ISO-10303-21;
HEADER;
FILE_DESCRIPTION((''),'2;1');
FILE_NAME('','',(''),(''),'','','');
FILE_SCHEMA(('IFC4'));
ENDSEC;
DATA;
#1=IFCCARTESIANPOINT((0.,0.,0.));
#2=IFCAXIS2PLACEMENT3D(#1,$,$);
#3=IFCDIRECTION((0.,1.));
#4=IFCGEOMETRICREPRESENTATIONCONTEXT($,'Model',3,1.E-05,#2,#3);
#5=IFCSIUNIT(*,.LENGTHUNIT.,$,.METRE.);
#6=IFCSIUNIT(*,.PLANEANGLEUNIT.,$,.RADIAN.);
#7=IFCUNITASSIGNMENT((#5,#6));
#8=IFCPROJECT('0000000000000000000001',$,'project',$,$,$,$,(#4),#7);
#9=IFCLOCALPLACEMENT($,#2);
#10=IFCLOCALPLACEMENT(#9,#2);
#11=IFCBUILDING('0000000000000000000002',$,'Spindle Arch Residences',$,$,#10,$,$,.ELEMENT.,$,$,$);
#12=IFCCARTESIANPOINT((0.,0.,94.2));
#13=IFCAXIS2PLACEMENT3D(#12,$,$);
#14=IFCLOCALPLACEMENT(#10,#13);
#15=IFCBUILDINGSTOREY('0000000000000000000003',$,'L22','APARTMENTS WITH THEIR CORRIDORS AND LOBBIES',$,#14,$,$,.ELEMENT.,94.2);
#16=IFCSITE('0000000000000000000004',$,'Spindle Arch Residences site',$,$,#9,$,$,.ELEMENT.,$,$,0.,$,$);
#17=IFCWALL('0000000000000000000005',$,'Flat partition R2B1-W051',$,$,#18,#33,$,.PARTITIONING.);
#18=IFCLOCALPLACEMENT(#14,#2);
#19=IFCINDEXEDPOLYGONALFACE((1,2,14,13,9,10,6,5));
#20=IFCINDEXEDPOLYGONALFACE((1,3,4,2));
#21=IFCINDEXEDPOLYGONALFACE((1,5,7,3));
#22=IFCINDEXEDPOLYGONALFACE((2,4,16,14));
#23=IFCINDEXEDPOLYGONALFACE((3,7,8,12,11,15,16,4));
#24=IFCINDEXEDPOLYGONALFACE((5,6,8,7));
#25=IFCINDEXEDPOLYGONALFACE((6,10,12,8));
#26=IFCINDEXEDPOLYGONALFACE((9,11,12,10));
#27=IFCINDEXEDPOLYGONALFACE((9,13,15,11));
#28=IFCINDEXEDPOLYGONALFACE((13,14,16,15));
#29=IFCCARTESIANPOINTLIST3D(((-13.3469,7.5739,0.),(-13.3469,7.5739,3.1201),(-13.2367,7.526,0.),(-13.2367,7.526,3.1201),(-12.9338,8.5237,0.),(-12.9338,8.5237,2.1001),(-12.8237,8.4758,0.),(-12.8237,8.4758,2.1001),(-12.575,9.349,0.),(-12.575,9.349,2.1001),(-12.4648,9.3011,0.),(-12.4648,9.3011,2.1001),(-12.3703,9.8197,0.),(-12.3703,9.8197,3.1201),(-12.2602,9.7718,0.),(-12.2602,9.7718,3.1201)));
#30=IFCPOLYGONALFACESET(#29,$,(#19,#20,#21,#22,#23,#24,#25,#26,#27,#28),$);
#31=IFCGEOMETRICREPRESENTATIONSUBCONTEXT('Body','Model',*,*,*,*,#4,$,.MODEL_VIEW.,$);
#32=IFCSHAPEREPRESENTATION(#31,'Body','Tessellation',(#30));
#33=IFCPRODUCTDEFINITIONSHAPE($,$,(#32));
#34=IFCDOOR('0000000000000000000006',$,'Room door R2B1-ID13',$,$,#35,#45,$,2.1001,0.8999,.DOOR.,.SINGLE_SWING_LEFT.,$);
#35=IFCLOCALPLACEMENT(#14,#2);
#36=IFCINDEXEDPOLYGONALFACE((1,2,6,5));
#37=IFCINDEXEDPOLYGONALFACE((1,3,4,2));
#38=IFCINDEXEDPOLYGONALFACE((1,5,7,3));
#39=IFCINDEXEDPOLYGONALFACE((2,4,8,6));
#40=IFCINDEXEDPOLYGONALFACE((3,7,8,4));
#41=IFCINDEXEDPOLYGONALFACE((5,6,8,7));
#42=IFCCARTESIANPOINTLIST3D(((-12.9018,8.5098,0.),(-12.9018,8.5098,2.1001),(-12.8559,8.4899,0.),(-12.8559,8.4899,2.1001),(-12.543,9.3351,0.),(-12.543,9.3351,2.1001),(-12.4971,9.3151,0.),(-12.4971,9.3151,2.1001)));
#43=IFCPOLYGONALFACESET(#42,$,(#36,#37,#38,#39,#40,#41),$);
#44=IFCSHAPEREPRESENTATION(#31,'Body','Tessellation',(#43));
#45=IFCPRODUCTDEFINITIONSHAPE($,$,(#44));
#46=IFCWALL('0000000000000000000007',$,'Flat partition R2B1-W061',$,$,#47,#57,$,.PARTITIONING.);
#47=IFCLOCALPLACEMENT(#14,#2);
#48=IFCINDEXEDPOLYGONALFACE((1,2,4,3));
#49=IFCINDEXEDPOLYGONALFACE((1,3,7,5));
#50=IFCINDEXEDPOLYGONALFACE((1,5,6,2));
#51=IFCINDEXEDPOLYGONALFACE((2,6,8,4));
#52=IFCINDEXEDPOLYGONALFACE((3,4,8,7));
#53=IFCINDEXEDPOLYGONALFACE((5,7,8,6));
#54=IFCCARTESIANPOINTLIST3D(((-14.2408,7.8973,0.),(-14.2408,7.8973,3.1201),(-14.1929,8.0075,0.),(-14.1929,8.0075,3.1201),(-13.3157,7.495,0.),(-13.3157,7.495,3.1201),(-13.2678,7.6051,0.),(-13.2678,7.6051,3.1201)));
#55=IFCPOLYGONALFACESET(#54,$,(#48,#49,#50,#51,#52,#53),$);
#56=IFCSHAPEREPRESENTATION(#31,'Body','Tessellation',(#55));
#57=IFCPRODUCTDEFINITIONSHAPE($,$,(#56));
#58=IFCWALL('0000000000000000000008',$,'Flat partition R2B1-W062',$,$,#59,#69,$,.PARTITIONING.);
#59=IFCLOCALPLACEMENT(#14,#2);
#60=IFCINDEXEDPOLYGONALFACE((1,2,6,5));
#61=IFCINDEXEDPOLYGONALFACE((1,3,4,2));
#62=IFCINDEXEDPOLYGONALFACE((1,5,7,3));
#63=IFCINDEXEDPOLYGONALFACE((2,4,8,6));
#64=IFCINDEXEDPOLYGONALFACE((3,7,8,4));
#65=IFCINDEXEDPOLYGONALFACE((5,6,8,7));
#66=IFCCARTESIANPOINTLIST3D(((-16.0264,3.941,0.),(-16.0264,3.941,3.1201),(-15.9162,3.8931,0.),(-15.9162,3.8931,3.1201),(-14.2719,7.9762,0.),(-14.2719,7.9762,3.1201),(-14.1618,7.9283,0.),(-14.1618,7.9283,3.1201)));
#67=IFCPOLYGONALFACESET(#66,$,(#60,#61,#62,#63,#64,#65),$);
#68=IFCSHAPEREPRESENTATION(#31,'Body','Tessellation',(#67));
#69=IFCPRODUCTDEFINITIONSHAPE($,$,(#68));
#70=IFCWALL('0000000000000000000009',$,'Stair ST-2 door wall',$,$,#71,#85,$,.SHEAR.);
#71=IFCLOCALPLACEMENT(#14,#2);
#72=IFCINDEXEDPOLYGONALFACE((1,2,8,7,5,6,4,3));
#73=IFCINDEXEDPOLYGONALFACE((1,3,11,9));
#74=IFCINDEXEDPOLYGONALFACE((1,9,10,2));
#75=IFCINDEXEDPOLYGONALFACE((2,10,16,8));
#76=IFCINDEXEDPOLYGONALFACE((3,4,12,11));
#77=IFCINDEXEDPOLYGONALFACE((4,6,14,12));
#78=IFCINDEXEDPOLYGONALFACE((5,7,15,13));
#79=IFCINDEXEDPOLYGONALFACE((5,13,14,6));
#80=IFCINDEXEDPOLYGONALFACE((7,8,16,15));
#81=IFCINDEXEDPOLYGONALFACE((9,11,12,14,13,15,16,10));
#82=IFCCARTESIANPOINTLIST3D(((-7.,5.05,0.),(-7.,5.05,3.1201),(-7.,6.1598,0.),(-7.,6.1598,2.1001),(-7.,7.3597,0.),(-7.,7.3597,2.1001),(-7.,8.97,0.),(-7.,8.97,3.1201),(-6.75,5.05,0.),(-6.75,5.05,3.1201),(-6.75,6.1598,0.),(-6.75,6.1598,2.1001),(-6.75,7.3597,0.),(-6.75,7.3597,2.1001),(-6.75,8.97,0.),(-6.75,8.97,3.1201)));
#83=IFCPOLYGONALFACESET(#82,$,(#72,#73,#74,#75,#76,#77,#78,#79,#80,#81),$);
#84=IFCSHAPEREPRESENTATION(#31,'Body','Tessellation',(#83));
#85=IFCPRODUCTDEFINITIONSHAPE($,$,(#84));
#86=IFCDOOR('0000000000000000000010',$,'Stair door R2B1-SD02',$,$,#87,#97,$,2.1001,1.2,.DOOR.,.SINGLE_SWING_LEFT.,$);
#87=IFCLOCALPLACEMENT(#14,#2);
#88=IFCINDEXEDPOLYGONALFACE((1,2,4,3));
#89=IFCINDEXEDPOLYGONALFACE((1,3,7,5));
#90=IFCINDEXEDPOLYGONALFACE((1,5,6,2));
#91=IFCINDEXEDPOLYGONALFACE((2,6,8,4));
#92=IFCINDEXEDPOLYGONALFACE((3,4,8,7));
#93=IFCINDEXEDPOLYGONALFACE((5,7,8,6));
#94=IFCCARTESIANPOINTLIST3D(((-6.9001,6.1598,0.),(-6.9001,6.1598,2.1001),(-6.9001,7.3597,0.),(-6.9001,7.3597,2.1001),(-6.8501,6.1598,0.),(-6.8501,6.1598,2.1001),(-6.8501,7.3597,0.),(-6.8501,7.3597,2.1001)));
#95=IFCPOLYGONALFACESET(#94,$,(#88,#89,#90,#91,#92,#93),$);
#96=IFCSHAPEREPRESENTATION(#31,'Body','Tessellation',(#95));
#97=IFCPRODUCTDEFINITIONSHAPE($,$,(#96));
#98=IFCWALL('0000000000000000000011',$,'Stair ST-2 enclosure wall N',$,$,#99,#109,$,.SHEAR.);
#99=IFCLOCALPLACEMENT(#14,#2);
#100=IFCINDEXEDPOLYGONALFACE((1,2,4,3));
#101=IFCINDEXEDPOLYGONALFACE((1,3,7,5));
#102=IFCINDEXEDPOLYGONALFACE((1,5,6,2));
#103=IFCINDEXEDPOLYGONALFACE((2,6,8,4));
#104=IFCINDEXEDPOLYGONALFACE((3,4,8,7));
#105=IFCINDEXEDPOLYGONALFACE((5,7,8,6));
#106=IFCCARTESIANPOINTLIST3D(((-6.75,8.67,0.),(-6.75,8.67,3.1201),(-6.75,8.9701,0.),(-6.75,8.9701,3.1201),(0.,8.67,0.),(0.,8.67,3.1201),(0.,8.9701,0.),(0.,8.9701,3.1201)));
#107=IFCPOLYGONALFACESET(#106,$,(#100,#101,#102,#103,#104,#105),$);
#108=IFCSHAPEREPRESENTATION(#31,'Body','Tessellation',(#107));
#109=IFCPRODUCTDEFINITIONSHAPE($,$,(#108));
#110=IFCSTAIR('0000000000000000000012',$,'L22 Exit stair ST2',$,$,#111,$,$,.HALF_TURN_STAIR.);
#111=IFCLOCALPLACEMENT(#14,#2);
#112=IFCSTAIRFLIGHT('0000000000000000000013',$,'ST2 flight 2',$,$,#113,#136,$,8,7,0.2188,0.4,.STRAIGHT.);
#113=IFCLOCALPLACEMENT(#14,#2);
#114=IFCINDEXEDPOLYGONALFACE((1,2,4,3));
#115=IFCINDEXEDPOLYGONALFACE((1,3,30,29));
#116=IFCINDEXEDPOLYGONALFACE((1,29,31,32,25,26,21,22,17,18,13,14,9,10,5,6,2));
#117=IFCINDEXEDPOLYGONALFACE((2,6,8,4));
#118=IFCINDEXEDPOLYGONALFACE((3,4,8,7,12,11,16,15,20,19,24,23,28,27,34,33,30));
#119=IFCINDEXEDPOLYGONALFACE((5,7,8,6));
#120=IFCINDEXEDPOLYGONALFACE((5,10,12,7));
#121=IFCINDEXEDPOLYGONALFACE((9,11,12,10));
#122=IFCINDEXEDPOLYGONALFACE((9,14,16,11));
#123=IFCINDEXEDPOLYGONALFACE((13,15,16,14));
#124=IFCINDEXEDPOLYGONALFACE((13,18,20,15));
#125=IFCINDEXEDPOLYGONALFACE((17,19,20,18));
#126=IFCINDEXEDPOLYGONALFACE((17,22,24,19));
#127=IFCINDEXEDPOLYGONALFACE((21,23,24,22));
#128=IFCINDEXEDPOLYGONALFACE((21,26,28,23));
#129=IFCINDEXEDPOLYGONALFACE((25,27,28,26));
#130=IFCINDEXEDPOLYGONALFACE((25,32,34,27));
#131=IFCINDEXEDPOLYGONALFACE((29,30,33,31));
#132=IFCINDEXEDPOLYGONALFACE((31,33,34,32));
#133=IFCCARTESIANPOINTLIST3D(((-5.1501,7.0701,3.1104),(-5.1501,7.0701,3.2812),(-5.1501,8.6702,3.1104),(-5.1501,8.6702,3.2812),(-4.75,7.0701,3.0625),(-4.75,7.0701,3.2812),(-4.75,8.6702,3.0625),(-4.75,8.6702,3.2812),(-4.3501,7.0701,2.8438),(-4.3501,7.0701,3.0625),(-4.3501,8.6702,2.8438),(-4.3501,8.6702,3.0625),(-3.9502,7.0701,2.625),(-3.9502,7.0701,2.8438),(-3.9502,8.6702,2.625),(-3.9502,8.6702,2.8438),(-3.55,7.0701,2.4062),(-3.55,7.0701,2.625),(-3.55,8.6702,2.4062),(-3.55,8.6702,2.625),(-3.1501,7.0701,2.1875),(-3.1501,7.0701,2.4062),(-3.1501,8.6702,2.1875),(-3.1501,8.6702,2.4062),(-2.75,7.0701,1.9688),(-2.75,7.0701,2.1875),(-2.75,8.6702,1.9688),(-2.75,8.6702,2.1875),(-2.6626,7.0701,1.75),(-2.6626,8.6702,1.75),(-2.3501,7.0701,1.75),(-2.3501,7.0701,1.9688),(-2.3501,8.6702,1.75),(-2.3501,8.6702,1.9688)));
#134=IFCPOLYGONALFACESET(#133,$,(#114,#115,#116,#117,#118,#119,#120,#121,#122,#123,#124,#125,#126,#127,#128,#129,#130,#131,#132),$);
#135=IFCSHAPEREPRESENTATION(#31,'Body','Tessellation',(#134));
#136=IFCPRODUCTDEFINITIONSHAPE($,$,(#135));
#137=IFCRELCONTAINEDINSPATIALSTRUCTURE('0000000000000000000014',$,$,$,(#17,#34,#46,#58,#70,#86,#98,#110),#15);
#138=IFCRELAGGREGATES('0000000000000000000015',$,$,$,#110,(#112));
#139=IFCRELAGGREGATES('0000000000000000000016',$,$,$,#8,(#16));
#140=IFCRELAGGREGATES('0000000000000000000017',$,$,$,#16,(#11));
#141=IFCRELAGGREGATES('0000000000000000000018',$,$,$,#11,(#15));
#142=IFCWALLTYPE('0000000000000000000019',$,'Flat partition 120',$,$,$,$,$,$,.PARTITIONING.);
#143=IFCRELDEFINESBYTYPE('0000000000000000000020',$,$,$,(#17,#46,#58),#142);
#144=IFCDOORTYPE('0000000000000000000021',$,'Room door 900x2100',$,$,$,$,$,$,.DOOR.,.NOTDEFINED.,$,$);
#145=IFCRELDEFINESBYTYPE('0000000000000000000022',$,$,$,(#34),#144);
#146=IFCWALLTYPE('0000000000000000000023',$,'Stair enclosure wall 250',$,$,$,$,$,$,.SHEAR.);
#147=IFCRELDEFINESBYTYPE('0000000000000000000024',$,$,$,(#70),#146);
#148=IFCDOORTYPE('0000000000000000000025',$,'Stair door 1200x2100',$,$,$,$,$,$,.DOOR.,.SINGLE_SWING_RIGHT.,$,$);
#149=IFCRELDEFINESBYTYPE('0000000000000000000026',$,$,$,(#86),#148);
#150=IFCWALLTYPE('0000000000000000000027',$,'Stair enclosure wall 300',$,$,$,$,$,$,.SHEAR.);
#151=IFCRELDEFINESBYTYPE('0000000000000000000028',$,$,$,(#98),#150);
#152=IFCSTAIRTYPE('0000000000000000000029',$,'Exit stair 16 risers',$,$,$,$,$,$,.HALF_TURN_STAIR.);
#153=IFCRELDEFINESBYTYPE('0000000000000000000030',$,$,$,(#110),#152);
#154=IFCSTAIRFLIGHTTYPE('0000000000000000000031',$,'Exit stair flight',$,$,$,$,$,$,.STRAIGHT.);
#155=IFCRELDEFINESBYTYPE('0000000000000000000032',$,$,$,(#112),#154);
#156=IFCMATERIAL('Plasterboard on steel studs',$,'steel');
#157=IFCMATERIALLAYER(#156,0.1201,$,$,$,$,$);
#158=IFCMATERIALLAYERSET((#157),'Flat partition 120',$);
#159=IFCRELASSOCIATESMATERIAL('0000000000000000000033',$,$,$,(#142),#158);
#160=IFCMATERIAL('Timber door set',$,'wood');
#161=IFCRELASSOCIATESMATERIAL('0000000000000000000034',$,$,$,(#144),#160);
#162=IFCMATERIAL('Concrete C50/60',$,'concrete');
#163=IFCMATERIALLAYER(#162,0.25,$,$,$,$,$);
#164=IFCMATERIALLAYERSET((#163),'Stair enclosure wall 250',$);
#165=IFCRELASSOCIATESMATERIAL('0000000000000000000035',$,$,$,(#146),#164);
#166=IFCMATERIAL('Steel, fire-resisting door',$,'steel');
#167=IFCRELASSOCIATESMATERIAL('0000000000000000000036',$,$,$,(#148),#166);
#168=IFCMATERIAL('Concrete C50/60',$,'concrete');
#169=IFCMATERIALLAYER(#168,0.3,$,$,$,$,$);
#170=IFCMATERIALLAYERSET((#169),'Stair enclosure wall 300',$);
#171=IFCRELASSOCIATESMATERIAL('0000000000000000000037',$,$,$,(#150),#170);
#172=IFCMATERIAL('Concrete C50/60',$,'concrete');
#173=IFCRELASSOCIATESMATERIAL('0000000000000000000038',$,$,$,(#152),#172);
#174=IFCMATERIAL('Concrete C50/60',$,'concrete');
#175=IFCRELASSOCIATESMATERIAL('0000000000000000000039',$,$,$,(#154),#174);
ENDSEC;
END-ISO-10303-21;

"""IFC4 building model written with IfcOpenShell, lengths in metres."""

from ifc_helpers import new_model, si_unit, direction, frame, frame_2d, origin, place, context, subcontext, project, spatial, polyline, rectangle, outline, extrude, material, layer, layer_set, type_object, element, fill, aggregate, save


model = new_model("IFC4")

# Units and contexts
model_context = context("Model", 3, precision=1e-05, world=origin(), true_north=direction((0.0, 1.0)))
body_context = subcontext(model_context, "Body", "Model", "MODEL_VIEW")
ifc_project = project(units=[si_unit("LENGTHUNIT", "METRE"), si_unit("PLANEANGLEUNIT", "RADIAN")], contexts=[model_context])

# Site, building, storey
site_placement = place(None, origin())
site = spatial("IfcSite", under=ifc_project, at=site_placement, Name="Spindle Arch Residences site", CompositionType="ELEMENT", RefElevation=0.0)
building_placement = place(site_placement, origin())
building = spatial("IfcBuilding", under=site, at=building_placement, Name="Spindle Arch Residences", CompositionType="ELEMENT")
storey_placement = place(building_placement, frame((0.0, 0.0, 94.2)))
storey = spatial("IfcBuildingStorey", under=building, at=storey_placement, Name="L22", Description="APARTMENTS WITH THEIR CORRIDORS AND LOBBIES", CompositionType="ELEMENT", Elevation=94.2)

# Wall, opening, door
ifc_material_1 = material(Name="Plasterboard on steel studs", Category="steel")
ifc_layer_1 = layer(ifc_material_1, 0.1201)
ifc_layer_set_1 = layer_set([ifc_layer_1], Name="Flat partition 120")
wall_type_1 = type_object("IfcWallType", Name="Flat partition 120", PredefinedType="PARTITIONING", material=ifc_layer_set_1)
wall_1_placement = place(storey_placement, frame((-12.3152, 9.7959, 0.0), z_axis=(0.0, 0.0, 1.0), x_axis=(-0.398763, -0.917054, 0.0)))
wall_1 = element("IfcWall", 1, at=wall_1_placement, inside=storey, type_object=wall_type_1, Name="Flat partition R2B1-W051", PredefinedType="PARTITIONING", context=body_context, shape_type="SweptSolid", body=[
    extrude(rectangle(XDim=2.449, YDim=0.1201, at=frame_2d((1.2246, 0.0))), origin(), (0.0, 0.0, 1.0), 3.1201),
])
opening_1_placement = place(wall_1_placement, frame((0.5134, 0.0, 0.0)))
opening_1 = element("IfcOpeningElement", 2, at=opening_1_placement, cuts=wall_1, PredefinedType="OPENING", context=body_context, shape_type="SweptSolid", body=[
    extrude(rectangle(XDim=0.8999, YDim=2.1001, at=frame_2d((0.45, 1.05))), frame((0.0, 0.0701, 0.0), z_axis=(0.0, -1.0, 0.0), x_axis=(1.0, 0.0, 0.0)), (0.0, 0.0, 1.0), 0.1401),
])
ifc_material_2 = material(Name="Timber door set", Category="wood")
door_type_1 = type_object("IfcDoorType", Name="Room door 900x2100", OperationType="NOTDEFINED", PredefinedType="DOOR", material=ifc_material_2)
door_1_placement = place(opening_1_placement, origin())
door_1 = element("IfcDoor", 3, at=door_1_placement, inside=storey, type_object=door_type_1, Name="Room door R2B1-ID13", OperationType="SINGLE_SWING_LEFT", OverallHeight=2.1001, OverallWidth=0.8999, PredefinedType="DOOR", context=body_context, shape_type="SweptSolid", body=[
    extrude(rectangle(XDim=0.8999, YDim=2.1001, at=frame_2d((0.45, 1.05))), frame((0.0, 0.0249, 0.0), z_axis=(0.0, -1.0, 0.0), x_axis=(1.0, 0.0, 0.0)), (0.0, 0.0, 1.0), 0.05),
])
fill(opening_1, door_1)

# Walls
wall_2_placement = place(storey_placement, frame((-13.2917, 7.55, 0.0), z_axis=(0.0, 0.0, 1.0), x_axis=(-0.917016, 0.39885, 0.0)))
element("IfcWall", 4, at=wall_2_placement, inside=storey, type_object=wall_type_1, Name="Flat partition R2B1-W061", PredefinedType="PARTITIONING", context=body_context, shape_type="SweptSolid", body=[
    extrude(rectangle(XDim=1.0088, YDim=0.1201, at=frame_2d((0.5044, 0.0))), origin(), (0.0, 0.0, 1.0), 3.1201),
])
wall_3_placement = place(storey_placement, frame((-14.2168, 7.9524, 0.0), z_axis=(0.0, 0.0, 1.0), x_axis=(-0.398722, -0.917072, 0.0)))
element("IfcWall", 5, at=wall_3_placement, inside=storey, type_object=wall_type_1, Name="Flat partition R2B1-W062", PredefinedType="PARTITIONING", context=body_context, shape_type="SweptSolid", body=[
    extrude(rectangle(XDim=4.4001, YDim=0.1201, at=frame_2d((2.2002, 0.0))), origin(), (0.0, 0.0, 1.0), 3.1201),
])

# Wall, opening, door
ifc_material_3 = material(Name="Concrete C50/60", Category="concrete")
ifc_layer_2 = layer(ifc_material_3, 0.25)
ifc_layer_set_2 = layer_set([ifc_layer_2], Name="Stair enclosure wall 250")
wall_type_2 = type_object("IfcWallType", Name="Stair enclosure wall 250", PredefinedType="SHEAR", material=ifc_layer_set_2)
wall_4_placement = place(storey_placement, frame((-6.875, 8.97, 0.0), z_axis=(0.0, 0.0, 1.0), x_axis=(0.0, -1.0, 0.0)))
wall_4 = element("IfcWall", 6, at=wall_4_placement, inside=storey, type_object=wall_type_2, Name="Stair ST-2 door wall", PredefinedType="SHEAR", context=body_context, shape_type="SweptSolid", body=[
    extrude(rectangle(XDim=3.9199, YDim=0.25, at=frame_2d((1.96, 0.0))), origin(), (0.0, 0.0, 1.0), 3.1201),
])
opening_2_placement = place(wall_4_placement, frame((1.6101, 0.0, 0.0)))
opening_2 = element("IfcOpeningElement", 7, at=opening_2_placement, cuts=wall_4, PredefinedType="OPENING", context=body_context, shape_type="SweptSolid", body=[
    extrude(rectangle(XDim=1.2, YDim=2.1001, at=frame_2d((0.6001, 1.05))), frame((0.0, 0.135, 0.0), z_axis=(0.0, -1.0, 0.0), x_axis=(1.0, 0.0, 0.0)), (0.0, 0.0, 1.0), 0.27),
])
ifc_material_4 = material(Name="Steel, fire-resisting door", Category="steel")
door_type_2 = type_object("IfcDoorType", Name="Stair door 1200x2100", OperationType="SINGLE_SWING_RIGHT", PredefinedType="DOOR", material=ifc_material_4)
door_2_placement = place(opening_2_placement, origin())
door_2 = element("IfcDoor", 8, at=door_2_placement, inside=storey, type_object=door_type_2, Name="Stair door R2B1-SD02", OperationType="SINGLE_SWING_LEFT", OverallHeight=2.1001, OverallWidth=1.2, PredefinedType="DOOR", context=body_context, shape_type="SweptSolid", body=[
    extrude(rectangle(XDim=1.2, YDim=2.1001, at=frame_2d((0.6001, 1.05))), frame((0.0, 0.0249, 0.0), z_axis=(0.0, -1.0, 0.0), x_axis=(1.0, 0.0, 0.0)), (0.0, 0.0, 1.0), 0.05),
])
fill(opening_2, door_2)

# Wall
ifc_material_5 = material(Name="Concrete C50/60", Category="concrete")
ifc_layer_3 = layer(ifc_material_5, 0.3)
ifc_layer_set_3 = layer_set([ifc_layer_3], Name="Stair enclosure wall 300")
wall_type_3 = type_object("IfcWallType", Name="Stair enclosure wall 300", PredefinedType="SHEAR", material=ifc_layer_set_3)
wall_5_placement = place(storey_placement, frame((-6.75, 8.8201, 0.0), z_axis=(0.0, 0.0, 1.0), x_axis=(1.0, 0.0, 0.0)))
element("IfcWall", 9, at=wall_5_placement, inside=storey, type_object=wall_type_3, Name="Stair ST-2 enclosure wall N", PredefinedType="SHEAR", context=body_context, shape_type="SweptSolid", body=[
    extrude(rectangle(XDim=6.75, YDim=0.3, at=frame_2d((3.375, 0.0))), origin(), (0.0, 0.0, 1.0), 3.1201),
])

# Stair, stair flight
ifc_material_6 = material(Name="Concrete C50/60", Category="concrete")
stair_type = type_object("IfcStairType", Name="Exit stair 16 risers", PredefinedType="HALF_TURN_STAIR", material=ifc_material_6)
stair_placement = place(storey_placement, origin())
stair = element("IfcStair", 10, at=stair_placement, inside=storey, type_object=stair_type, Name="L22 Exit stair ST2", PredefinedType="HALF_TURN_STAIR")
ifc_material_7 = material(Name="Concrete C50/60", Category="concrete")
stair_flight_type = type_object("IfcStairFlightType", Name="Exit stair flight", PredefinedType="STRAIGHT", material=ifc_material_7)
stair_flight_placement = place(storey_placement, frame((-2.3501, 7.8701, 1.75), z_axis=(0.0, 0.0, 1.0), x_axis=(-1.0, 0.0, 0.0)))
stair_flight = element("IfcStairFlight", 11, at=stair_flight_placement, type_object=stair_flight_type, Name="ST2 flight 2", NumberOfRisers=8, NumberOfTreads=7, PredefinedType="STRAIGHT", RiserHeight=0.2188, TreadLength=0.4, context=body_context, shape_type="SweptSolid", body=[
    extrude(outline(polyline([(0.0, 0.0), (0.0, 0.2188), (0.3999, 0.2188), (0.3999, 0.4375), (0.8, 0.4375), (0.8, 0.6562), (1.2, 0.6562), (1.2, 0.875), (1.6001, 0.875), (1.6001, 1.0938), (2.0, 1.0938), (2.0, 1.3125), (2.3999, 1.3125), (2.3999, 1.5312), (2.8, 1.5312), (2.8, 1.75), (2.8, 1.3604), (0.3125, 0.0), (0.0, 0.0)])), frame((0.0, 0.8, 0.0), z_axis=(0.0, -1.0, 0.0), x_axis=(1.0, 0.0, 0.0)), (0.0, 0.0, 1.0), 1.6001),
])
aggregate(stair, [stair_flight])

save(model, "model.ifc")
